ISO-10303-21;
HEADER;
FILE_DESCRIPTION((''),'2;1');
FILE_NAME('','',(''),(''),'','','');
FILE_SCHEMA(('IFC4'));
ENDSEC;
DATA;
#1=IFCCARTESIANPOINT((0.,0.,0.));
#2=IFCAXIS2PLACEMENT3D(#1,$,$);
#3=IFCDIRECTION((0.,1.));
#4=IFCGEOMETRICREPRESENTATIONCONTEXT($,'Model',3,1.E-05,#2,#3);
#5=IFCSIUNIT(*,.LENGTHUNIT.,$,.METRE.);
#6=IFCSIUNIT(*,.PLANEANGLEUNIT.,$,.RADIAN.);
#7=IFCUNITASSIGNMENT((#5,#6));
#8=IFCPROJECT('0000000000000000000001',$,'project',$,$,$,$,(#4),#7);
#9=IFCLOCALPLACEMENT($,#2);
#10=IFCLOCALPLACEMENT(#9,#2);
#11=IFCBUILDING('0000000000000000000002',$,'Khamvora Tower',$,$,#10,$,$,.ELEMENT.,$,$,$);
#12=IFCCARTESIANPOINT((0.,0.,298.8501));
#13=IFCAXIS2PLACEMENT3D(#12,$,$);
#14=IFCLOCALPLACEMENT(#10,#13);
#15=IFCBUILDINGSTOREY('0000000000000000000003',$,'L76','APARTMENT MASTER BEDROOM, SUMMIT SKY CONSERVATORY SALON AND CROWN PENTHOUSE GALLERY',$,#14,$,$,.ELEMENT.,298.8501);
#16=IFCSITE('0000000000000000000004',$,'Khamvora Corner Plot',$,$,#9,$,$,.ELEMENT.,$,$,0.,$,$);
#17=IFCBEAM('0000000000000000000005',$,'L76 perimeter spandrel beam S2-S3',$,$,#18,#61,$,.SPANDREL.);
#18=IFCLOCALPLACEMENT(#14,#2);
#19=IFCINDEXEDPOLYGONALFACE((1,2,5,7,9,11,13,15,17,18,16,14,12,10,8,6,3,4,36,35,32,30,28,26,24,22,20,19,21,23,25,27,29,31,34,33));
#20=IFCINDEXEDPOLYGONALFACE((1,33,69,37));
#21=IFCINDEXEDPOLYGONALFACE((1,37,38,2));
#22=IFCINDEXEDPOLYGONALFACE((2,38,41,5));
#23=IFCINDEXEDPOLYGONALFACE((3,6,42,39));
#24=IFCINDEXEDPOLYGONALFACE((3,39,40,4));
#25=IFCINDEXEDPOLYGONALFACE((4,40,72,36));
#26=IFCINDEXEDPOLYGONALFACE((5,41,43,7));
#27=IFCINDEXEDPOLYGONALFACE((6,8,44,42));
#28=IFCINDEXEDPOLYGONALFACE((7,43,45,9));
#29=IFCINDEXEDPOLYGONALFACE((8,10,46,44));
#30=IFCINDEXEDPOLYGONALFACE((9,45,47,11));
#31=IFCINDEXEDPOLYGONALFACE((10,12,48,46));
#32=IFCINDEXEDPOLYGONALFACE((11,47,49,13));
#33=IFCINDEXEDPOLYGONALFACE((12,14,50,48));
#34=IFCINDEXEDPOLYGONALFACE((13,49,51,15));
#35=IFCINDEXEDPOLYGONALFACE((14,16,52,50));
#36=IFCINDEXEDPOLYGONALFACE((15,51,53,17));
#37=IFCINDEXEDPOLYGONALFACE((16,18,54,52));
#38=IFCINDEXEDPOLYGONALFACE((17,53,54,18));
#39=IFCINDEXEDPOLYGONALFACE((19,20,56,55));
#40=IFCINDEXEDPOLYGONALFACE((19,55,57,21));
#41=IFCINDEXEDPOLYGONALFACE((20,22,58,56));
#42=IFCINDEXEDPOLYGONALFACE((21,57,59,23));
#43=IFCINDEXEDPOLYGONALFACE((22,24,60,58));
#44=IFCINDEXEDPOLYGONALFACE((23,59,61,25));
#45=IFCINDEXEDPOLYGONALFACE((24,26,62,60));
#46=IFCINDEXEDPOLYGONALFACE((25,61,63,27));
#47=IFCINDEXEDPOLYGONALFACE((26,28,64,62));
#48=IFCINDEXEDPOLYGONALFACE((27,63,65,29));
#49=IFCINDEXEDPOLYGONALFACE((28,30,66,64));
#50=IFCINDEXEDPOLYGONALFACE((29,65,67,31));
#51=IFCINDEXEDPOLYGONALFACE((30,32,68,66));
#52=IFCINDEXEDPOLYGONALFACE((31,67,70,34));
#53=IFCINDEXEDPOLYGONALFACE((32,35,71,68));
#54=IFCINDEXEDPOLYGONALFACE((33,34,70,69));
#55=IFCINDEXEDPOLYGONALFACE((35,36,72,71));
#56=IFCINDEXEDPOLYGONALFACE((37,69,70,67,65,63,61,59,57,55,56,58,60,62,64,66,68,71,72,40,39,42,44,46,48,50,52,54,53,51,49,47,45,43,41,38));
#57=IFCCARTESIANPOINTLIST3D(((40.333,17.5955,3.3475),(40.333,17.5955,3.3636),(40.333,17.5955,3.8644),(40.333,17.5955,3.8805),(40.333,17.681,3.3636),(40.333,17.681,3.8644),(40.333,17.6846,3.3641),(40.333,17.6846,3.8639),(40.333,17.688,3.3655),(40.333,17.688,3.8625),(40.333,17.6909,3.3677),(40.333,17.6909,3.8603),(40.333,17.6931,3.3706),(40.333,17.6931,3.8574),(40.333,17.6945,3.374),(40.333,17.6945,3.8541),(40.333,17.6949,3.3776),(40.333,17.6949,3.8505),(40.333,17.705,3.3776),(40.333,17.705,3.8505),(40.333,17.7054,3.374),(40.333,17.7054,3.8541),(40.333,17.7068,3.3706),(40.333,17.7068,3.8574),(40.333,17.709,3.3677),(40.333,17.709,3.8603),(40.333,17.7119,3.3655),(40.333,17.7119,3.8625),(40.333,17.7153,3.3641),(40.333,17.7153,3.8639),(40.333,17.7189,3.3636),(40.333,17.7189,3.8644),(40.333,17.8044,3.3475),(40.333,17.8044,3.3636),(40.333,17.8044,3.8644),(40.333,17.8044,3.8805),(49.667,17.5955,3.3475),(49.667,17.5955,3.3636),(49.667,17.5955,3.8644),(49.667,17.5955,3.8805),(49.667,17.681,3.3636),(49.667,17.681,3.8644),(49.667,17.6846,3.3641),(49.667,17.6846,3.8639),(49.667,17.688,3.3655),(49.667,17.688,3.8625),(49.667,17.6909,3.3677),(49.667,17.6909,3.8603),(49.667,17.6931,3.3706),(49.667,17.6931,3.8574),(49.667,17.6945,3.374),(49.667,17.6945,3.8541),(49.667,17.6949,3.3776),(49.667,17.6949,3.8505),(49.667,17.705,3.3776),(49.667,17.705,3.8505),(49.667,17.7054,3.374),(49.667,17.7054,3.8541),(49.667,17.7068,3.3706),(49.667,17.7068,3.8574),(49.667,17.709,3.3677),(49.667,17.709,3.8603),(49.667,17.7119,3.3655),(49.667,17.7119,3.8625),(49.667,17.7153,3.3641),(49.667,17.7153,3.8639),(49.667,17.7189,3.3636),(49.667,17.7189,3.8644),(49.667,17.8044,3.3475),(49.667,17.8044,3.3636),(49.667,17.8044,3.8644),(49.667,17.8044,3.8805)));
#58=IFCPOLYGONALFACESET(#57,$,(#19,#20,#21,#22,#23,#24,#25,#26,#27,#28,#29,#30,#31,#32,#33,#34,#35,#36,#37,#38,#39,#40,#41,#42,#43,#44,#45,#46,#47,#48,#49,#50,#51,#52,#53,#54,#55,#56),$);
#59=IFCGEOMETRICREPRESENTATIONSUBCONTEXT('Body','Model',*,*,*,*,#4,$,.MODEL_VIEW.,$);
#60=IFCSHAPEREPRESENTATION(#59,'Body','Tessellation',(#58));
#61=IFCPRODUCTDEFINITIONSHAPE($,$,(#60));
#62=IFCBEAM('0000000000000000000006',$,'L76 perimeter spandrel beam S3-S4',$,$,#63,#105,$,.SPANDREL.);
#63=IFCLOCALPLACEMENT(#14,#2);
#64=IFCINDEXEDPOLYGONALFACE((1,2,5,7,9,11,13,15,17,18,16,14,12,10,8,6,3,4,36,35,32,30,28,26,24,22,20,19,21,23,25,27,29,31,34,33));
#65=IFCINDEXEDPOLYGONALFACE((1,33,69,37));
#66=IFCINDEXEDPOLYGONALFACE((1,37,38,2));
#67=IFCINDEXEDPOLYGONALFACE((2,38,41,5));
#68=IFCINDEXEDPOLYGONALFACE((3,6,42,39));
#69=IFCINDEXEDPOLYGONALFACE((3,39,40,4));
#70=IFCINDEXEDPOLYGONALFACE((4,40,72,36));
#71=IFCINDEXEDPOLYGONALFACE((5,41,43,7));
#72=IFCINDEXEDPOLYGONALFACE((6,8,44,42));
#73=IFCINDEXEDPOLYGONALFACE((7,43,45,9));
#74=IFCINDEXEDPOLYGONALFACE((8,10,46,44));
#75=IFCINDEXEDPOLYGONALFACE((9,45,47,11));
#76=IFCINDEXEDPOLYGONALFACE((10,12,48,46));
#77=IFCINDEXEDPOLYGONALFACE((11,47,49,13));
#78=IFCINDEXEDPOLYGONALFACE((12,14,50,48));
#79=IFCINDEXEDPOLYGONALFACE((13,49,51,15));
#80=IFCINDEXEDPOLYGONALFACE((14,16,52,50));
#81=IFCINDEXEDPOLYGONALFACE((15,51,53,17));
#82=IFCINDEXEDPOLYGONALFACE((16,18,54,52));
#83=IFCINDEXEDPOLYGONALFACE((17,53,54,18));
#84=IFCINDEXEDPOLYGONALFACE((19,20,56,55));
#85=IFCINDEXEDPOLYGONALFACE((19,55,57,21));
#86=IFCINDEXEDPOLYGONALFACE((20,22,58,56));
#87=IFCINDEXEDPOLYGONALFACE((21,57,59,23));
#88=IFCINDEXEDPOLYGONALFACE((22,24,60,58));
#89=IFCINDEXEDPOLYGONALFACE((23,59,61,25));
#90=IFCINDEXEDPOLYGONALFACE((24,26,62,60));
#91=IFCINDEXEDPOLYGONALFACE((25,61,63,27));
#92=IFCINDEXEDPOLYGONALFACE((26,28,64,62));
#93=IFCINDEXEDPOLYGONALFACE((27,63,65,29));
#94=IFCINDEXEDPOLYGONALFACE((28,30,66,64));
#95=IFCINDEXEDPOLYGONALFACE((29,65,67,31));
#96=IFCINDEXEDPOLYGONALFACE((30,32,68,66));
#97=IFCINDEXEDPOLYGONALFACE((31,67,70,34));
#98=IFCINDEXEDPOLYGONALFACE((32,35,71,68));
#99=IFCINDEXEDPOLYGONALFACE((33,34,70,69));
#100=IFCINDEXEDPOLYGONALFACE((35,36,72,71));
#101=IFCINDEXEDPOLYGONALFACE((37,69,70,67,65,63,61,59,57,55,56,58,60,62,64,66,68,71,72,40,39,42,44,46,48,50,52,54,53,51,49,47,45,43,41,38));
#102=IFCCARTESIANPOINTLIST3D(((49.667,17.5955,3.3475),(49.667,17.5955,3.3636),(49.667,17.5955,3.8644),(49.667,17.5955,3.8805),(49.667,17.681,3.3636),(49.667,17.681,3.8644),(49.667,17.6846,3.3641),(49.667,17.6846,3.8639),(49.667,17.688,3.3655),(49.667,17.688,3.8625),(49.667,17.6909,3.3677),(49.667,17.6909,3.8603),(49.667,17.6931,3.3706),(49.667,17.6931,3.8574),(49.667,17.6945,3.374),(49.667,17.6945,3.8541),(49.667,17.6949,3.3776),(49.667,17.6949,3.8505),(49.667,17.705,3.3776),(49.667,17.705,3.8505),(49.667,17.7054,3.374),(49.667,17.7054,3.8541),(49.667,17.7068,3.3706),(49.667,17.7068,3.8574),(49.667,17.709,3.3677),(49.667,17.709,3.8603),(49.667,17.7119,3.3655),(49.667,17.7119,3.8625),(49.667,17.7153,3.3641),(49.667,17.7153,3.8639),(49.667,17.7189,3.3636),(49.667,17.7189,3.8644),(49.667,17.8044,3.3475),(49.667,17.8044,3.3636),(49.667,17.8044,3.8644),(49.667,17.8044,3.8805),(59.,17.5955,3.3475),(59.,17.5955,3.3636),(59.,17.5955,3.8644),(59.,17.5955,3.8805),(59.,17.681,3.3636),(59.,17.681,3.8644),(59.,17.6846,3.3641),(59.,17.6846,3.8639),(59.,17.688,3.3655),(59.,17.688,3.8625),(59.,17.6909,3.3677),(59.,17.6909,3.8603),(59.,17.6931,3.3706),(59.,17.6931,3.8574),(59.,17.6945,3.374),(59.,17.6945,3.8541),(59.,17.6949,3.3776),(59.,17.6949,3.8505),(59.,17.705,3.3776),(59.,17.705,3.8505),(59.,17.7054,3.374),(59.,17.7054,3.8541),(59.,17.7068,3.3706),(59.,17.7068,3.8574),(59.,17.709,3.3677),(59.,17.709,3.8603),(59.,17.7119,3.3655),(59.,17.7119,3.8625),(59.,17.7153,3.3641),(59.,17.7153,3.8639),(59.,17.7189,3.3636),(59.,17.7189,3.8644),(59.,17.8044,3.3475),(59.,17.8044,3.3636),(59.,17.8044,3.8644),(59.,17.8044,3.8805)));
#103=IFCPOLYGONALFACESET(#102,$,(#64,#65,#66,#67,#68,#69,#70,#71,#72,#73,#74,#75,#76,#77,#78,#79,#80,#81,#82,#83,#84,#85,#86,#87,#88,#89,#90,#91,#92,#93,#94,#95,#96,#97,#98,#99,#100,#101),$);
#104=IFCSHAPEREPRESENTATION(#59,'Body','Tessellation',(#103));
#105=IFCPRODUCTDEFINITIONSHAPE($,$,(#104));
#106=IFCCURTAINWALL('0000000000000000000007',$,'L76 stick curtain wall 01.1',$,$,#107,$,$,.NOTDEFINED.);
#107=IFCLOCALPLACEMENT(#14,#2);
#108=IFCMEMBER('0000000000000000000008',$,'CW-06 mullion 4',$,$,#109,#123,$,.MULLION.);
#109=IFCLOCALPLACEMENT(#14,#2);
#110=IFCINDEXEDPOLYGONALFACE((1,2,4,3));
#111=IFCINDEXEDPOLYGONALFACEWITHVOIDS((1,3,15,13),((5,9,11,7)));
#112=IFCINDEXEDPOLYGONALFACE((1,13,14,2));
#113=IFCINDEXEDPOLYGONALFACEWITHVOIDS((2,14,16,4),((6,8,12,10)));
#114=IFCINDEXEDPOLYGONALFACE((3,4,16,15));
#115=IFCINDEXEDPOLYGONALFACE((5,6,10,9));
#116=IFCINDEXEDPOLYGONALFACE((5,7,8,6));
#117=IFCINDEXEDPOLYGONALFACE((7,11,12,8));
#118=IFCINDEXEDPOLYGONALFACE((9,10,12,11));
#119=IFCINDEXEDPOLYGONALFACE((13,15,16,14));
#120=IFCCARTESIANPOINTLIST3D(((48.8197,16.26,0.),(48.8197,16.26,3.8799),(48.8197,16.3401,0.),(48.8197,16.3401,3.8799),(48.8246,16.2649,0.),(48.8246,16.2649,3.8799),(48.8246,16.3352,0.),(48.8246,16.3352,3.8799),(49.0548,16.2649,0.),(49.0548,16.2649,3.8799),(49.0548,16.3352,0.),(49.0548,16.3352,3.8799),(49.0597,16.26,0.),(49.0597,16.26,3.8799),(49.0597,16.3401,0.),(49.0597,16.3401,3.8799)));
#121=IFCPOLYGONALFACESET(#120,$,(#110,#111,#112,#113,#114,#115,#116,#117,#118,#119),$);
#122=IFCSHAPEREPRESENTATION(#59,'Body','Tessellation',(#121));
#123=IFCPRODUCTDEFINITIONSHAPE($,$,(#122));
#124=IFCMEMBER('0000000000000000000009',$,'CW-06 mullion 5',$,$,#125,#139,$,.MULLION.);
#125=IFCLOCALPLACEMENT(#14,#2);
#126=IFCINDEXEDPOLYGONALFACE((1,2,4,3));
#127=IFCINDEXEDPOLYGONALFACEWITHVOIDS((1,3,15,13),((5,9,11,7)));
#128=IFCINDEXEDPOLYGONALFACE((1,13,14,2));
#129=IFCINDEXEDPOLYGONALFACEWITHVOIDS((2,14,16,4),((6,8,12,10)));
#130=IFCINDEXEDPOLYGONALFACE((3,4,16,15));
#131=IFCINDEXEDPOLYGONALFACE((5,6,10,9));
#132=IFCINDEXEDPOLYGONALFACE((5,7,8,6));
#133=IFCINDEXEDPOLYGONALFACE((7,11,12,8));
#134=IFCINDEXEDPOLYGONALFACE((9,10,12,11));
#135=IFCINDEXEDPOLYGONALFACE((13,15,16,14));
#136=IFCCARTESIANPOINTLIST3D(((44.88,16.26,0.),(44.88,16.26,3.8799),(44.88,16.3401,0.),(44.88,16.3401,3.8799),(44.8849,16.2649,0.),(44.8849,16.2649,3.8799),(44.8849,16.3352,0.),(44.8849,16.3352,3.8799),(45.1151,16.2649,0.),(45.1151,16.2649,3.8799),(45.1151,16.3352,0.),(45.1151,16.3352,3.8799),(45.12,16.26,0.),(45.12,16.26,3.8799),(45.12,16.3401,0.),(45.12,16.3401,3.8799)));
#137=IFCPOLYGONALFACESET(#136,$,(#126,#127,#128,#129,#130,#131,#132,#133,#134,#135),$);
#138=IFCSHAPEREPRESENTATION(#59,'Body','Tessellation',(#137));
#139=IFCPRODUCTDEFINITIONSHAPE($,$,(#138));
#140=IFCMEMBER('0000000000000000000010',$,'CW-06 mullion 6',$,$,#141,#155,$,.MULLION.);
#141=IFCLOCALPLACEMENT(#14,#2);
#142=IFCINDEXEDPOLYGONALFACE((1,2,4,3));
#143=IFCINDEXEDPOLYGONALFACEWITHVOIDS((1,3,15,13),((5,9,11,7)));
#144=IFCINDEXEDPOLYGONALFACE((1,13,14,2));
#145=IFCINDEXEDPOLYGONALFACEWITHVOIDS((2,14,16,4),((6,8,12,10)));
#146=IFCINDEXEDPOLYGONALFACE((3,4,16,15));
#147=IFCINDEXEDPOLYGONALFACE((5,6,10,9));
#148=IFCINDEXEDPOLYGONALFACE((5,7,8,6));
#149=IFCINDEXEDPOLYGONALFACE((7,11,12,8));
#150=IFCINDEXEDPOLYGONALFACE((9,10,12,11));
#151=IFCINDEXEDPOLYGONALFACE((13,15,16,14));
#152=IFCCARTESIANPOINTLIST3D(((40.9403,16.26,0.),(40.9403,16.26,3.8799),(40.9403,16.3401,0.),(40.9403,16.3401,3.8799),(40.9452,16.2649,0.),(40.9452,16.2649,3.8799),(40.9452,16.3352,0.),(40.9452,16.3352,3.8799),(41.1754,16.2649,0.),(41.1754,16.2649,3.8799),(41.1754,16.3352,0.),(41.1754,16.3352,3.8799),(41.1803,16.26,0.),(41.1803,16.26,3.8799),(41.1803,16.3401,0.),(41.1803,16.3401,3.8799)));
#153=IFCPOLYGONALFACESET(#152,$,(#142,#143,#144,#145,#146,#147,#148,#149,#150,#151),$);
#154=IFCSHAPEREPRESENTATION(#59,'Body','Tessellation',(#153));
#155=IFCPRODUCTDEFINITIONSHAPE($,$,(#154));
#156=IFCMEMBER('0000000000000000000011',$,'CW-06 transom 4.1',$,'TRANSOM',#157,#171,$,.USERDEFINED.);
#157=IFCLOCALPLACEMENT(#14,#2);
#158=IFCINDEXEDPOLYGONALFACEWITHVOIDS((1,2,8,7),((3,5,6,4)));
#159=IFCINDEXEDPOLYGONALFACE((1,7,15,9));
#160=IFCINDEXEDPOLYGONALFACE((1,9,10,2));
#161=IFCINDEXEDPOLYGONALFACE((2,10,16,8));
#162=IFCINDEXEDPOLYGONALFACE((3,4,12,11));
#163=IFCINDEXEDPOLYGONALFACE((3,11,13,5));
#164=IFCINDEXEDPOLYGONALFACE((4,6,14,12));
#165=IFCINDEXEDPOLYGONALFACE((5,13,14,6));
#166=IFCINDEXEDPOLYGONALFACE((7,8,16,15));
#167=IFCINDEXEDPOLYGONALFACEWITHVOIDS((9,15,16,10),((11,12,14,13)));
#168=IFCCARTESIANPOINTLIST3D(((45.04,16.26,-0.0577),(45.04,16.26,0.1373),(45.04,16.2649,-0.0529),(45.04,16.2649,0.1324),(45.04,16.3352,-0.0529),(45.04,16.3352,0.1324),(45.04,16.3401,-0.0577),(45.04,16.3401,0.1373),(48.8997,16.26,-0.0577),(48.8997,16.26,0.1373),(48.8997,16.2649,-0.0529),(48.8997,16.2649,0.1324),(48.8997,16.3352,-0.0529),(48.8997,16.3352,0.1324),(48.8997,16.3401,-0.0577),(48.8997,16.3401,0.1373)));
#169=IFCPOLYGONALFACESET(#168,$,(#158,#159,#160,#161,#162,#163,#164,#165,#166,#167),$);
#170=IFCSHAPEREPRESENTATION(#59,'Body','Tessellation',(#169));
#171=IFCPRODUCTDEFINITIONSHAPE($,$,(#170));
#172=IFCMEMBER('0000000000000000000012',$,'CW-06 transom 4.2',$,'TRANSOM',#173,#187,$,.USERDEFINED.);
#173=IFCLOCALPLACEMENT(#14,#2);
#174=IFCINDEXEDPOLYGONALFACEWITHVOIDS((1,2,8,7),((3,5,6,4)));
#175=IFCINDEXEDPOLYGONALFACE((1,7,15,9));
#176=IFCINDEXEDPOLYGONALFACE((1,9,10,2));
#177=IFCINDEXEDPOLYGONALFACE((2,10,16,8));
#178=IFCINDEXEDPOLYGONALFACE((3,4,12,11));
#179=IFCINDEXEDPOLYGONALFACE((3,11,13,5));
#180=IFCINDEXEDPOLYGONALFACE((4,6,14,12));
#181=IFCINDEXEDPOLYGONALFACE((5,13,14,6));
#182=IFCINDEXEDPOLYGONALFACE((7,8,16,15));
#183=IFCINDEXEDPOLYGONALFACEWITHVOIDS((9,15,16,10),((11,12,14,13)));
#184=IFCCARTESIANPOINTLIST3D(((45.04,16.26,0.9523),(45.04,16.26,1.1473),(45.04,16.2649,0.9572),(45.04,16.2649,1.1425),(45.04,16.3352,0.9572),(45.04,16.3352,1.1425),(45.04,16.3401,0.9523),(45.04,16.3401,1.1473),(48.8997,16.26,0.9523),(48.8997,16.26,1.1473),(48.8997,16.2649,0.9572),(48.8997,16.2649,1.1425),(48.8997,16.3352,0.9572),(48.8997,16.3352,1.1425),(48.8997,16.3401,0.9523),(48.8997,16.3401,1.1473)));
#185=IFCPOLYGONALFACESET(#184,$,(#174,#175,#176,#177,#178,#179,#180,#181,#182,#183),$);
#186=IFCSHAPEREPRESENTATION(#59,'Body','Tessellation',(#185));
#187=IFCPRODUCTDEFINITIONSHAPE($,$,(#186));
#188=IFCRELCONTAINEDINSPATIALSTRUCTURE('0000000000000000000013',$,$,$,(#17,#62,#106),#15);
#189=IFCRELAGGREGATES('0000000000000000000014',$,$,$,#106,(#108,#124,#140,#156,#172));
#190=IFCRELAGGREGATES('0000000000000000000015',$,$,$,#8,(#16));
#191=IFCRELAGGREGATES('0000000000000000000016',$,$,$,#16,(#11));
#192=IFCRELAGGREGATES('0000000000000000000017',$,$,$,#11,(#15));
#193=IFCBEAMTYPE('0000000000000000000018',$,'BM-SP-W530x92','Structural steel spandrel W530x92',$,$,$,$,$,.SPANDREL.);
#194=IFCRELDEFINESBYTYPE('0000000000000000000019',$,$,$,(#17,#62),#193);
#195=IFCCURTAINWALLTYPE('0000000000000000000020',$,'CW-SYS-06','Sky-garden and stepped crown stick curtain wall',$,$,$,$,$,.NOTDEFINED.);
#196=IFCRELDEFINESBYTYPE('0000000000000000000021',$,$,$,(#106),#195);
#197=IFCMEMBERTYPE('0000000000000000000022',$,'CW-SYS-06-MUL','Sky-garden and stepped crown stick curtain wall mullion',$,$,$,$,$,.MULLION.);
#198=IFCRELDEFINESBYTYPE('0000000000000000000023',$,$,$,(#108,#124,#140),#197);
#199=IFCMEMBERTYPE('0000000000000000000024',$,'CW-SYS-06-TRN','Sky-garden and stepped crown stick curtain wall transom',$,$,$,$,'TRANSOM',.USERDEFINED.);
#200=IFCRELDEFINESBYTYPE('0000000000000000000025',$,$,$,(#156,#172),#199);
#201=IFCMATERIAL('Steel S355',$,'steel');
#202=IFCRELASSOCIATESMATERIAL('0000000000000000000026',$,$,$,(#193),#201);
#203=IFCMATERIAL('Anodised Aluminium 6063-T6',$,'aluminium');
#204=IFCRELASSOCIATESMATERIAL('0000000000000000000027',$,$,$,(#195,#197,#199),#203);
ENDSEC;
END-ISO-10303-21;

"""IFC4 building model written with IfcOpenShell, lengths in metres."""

from ifc_helpers import new_model, si_unit, direction, frame, origin, origin_2d, place, context, subcontext, project, spatial, hollow_rectangle, i_section, extrude, material, material_profile, profile_set, type_object, element, aggregate, save


model = new_model("IFC4")

# Units and contexts
model_context = context("Model", 3, precision=1e-05, world=origin(), true_north=direction((0.0, 1.0)))
body_context = subcontext(model_context, "Body", "Model", "MODEL_VIEW")
ifc_project = project(units=[si_unit("LENGTHUNIT", "METRE"), si_unit("PLANEANGLEUNIT", "RADIAN")], contexts=[model_context])

# Site, building, storey
site_placement = place(None, origin())
site = spatial("IfcSite", under=ifc_project, at=site_placement, Name="Khamvora Corner Plot", CompositionType="ELEMENT", RefElevation=0.0)
building_placement = place(site_placement, origin())
building = spatial("IfcBuilding", under=site, at=building_placement, Name="Khamvora Tower", CompositionType="ELEMENT")
storey_placement = place(building_placement, frame((0.0, 0.0, 298.8501)))
storey = spatial("IfcBuildingStorey", under=building, at=storey_placement, Name="L76", Description="APARTMENT MASTER BEDROOM, SUMMIT SKY CONSERVATORY SALON AND CROWN PENTHOUSE GALLERY", CompositionType="ELEMENT", Elevation=298.8501)

# Shared definitions
ifc_material_1 = material(Name="Steel S355", Category="steel")

# Beams
ifc_material_profile_1 = material_profile(ifc_material_1, i_section(OverallWidth=0.209, OverallDepth=0.533, WebThickness=0.01, FlangeThickness=0.0161, FilletRadius=0.0139, at=origin_2d()), Name="W530x92")
ifc_profile_set_1 = profile_set([ifc_material_profile_1], Name="Steel S355")
beam_type_1 = type_object("IfcBeamType", Name="BM-SP-W530x92", Description="Structural steel spandrel W530x92", PredefinedType="SPANDREL", material=ifc_profile_set_1)
beam_1_placement = place(storey_placement, frame((40.333, 17.7, 3.614), z_axis=(1.0, 0.0, 0.0), x_axis=(0.0, 1.0, 0.0)))
element("IfcBeam", 1, at=beam_1_placement, inside=storey, type_object=beam_type_1, Name="L76 perimeter spandrel beam S2-S3", PredefinedType="SPANDREL", context=body_context, shape_type="SweptSolid", body=[
    extrude(i_section(OverallWidth=0.209, OverallDepth=0.533, WebThickness=0.01, FlangeThickness=0.0161, FilletRadius=0.0139, at=origin_2d()), origin(), (0.0, 0.0, 1.0), 9.334),
])
beam_2_placement = place(storey_placement, frame((49.667, 17.7, 3.614), z_axis=(1.0, 0.0, 0.0), x_axis=(0.0, 1.0, 0.0)))
element("IfcBeam", 2, at=beam_2_placement, inside=storey, type_object=beam_type_1, Name="L76 perimeter spandrel beam S3-S4", PredefinedType="SPANDREL", context=body_context, shape_type="SweptSolid", body=[
    extrude(i_section(OverallWidth=0.209, OverallDepth=0.533, WebThickness=0.01, FlangeThickness=0.0161, FilletRadius=0.0139, at=origin_2d()), origin(), (0.0, 0.0, 1.0), 9.333),
])

# Curtain wall, members
ifc_material_2 = material(Name="Anodised Aluminium 6063-T6", Category="aluminium")
curtain_wall_type = type_object("IfcCurtainWallType", Name="CW-SYS-06", Description="Sky-garden and stepped crown stick curtain wall", PredefinedType="NOTDEFINED", material=ifc_material_2)
curtain_wall_placement = place(storey_placement, origin())
curtain_wall = element("IfcCurtainWall", 3, at=curtain_wall_placement, inside=storey, type_object=curtain_wall_type, Name="L76 stick curtain wall 01.1", PredefinedType="NOTDEFINED")
ifc_material_profile_2 = material_profile(ifc_material_2, hollow_rectangle(XDim=0.0801, YDim=0.24, WallThickness=0.0049, at=origin_2d()), Name="MUL80x240x5")
ifc_profile_set_2 = profile_set([ifc_material_profile_2], Name="Anodised Aluminium 6063-T6")
member_type_1 = type_object("IfcMemberType", Name="CW-SYS-06-MUL", Description="Sky-garden and stepped crown stick curtain wall mullion", PredefinedType="MULLION", material=ifc_profile_set_2)
member_1_placement = place(storey_placement, frame((48.9397, 16.3, 0.0), z_axis=(0.0, 0.0, 1.0), x_axis=(0.0, -1.0, 0.0)))
member_1 = element("IfcMember", 4, at=member_1_placement, type_object=member_type_1, Name="CW-06 mullion 4", PredefinedType="MULLION", context=body_context, shape_type="SweptSolid", body=[
    extrude(hollow_rectangle(XDim=0.0801, YDim=0.24, WallThickness=0.0049, at=origin_2d()), origin(), (0.0, 0.0, 1.0), 3.8799),
])
member_2_placement = place(storey_placement, frame((45.0, 16.3, 0.0), z_axis=(0.0, 0.0, 1.0), x_axis=(0.0, -1.0, 0.0)))
member_2 = element("IfcMember", 5, at=member_2_placement, type_object=member_type_1, Name="CW-06 mullion 5", PredefinedType="MULLION", context=body_context, shape_type="SweptSolid", body=[
    extrude(hollow_rectangle(XDim=0.0801, YDim=0.24, WallThickness=0.0049, at=origin_2d()), origin(), (0.0, 0.0, 1.0), 3.8799),
])
member_3_placement = place(storey_placement, frame((41.0603, 16.3, 0.0), z_axis=(0.0, 0.0, 1.0), x_axis=(0.0, -1.0, 0.0)))
member_3 = element("IfcMember", 6, at=member_3_placement, type_object=member_type_1, Name="CW-06 mullion 6", PredefinedType="MULLION", context=body_context, shape_type="SweptSolid", body=[
    extrude(hollow_rectangle(XDim=0.0801, YDim=0.24, WallThickness=0.0049, at=origin_2d()), origin(), (0.0, 0.0, 1.0), 3.8799),
])
ifc_material_profile_3 = material_profile(ifc_material_2, hollow_rectangle(XDim=0.0801, YDim=0.1951, WallThickness=0.0049, at=origin_2d()), Name="TRN80x195x5")
ifc_profile_set_3 = profile_set([ifc_material_profile_3], Name="Anodised Aluminium 6063-T6")
member_type_2 = type_object("IfcMemberType", Name="CW-SYS-06-TRN", Description="Sky-garden and stepped crown stick curtain wall transom", ElementType="TRANSOM", PredefinedType="USERDEFINED", material=ifc_profile_set_3)
member_4_placement = place(storey_placement, frame((48.8997, 16.3, 0.0398), z_axis=(-1.0, 0.0, 0.0), x_axis=(0.0, -1.0, 0.0)))
member_4 = element("IfcMember", 7, at=member_4_placement, type_object=member_type_2, Name="CW-06 transom 4.1", ObjectType="TRANSOM", PredefinedType="USERDEFINED", context=body_context, shape_type="SweptSolid", body=[
    extrude(hollow_rectangle(XDim=0.0801, YDim=0.1951, WallThickness=0.0049, at=origin_2d()), origin(), (0.0, 0.0, 1.0), 3.8596),
])
member_5_placement = place(storey_placement, frame((48.8997, 16.3, 1.0498), z_axis=(-1.0, 0.0, 0.0), x_axis=(0.0, -1.0, 0.0)))
member_5 = element("IfcMember", 8, at=member_5_placement, type_object=member_type_2, Name="CW-06 transom 4.2", ObjectType="TRANSOM", PredefinedType="USERDEFINED", context=body_context, shape_type="SweptSolid", body=[
    extrude(hollow_rectangle(XDim=0.0801, YDim=0.1951, WallThickness=0.0049, at=origin_2d()), origin(), (0.0, 0.0, 1.0), 3.8596),
])
aggregate(curtain_wall, [member_1, member_2, member_3, member_4, member_5])

save(model, "model.ifc")
